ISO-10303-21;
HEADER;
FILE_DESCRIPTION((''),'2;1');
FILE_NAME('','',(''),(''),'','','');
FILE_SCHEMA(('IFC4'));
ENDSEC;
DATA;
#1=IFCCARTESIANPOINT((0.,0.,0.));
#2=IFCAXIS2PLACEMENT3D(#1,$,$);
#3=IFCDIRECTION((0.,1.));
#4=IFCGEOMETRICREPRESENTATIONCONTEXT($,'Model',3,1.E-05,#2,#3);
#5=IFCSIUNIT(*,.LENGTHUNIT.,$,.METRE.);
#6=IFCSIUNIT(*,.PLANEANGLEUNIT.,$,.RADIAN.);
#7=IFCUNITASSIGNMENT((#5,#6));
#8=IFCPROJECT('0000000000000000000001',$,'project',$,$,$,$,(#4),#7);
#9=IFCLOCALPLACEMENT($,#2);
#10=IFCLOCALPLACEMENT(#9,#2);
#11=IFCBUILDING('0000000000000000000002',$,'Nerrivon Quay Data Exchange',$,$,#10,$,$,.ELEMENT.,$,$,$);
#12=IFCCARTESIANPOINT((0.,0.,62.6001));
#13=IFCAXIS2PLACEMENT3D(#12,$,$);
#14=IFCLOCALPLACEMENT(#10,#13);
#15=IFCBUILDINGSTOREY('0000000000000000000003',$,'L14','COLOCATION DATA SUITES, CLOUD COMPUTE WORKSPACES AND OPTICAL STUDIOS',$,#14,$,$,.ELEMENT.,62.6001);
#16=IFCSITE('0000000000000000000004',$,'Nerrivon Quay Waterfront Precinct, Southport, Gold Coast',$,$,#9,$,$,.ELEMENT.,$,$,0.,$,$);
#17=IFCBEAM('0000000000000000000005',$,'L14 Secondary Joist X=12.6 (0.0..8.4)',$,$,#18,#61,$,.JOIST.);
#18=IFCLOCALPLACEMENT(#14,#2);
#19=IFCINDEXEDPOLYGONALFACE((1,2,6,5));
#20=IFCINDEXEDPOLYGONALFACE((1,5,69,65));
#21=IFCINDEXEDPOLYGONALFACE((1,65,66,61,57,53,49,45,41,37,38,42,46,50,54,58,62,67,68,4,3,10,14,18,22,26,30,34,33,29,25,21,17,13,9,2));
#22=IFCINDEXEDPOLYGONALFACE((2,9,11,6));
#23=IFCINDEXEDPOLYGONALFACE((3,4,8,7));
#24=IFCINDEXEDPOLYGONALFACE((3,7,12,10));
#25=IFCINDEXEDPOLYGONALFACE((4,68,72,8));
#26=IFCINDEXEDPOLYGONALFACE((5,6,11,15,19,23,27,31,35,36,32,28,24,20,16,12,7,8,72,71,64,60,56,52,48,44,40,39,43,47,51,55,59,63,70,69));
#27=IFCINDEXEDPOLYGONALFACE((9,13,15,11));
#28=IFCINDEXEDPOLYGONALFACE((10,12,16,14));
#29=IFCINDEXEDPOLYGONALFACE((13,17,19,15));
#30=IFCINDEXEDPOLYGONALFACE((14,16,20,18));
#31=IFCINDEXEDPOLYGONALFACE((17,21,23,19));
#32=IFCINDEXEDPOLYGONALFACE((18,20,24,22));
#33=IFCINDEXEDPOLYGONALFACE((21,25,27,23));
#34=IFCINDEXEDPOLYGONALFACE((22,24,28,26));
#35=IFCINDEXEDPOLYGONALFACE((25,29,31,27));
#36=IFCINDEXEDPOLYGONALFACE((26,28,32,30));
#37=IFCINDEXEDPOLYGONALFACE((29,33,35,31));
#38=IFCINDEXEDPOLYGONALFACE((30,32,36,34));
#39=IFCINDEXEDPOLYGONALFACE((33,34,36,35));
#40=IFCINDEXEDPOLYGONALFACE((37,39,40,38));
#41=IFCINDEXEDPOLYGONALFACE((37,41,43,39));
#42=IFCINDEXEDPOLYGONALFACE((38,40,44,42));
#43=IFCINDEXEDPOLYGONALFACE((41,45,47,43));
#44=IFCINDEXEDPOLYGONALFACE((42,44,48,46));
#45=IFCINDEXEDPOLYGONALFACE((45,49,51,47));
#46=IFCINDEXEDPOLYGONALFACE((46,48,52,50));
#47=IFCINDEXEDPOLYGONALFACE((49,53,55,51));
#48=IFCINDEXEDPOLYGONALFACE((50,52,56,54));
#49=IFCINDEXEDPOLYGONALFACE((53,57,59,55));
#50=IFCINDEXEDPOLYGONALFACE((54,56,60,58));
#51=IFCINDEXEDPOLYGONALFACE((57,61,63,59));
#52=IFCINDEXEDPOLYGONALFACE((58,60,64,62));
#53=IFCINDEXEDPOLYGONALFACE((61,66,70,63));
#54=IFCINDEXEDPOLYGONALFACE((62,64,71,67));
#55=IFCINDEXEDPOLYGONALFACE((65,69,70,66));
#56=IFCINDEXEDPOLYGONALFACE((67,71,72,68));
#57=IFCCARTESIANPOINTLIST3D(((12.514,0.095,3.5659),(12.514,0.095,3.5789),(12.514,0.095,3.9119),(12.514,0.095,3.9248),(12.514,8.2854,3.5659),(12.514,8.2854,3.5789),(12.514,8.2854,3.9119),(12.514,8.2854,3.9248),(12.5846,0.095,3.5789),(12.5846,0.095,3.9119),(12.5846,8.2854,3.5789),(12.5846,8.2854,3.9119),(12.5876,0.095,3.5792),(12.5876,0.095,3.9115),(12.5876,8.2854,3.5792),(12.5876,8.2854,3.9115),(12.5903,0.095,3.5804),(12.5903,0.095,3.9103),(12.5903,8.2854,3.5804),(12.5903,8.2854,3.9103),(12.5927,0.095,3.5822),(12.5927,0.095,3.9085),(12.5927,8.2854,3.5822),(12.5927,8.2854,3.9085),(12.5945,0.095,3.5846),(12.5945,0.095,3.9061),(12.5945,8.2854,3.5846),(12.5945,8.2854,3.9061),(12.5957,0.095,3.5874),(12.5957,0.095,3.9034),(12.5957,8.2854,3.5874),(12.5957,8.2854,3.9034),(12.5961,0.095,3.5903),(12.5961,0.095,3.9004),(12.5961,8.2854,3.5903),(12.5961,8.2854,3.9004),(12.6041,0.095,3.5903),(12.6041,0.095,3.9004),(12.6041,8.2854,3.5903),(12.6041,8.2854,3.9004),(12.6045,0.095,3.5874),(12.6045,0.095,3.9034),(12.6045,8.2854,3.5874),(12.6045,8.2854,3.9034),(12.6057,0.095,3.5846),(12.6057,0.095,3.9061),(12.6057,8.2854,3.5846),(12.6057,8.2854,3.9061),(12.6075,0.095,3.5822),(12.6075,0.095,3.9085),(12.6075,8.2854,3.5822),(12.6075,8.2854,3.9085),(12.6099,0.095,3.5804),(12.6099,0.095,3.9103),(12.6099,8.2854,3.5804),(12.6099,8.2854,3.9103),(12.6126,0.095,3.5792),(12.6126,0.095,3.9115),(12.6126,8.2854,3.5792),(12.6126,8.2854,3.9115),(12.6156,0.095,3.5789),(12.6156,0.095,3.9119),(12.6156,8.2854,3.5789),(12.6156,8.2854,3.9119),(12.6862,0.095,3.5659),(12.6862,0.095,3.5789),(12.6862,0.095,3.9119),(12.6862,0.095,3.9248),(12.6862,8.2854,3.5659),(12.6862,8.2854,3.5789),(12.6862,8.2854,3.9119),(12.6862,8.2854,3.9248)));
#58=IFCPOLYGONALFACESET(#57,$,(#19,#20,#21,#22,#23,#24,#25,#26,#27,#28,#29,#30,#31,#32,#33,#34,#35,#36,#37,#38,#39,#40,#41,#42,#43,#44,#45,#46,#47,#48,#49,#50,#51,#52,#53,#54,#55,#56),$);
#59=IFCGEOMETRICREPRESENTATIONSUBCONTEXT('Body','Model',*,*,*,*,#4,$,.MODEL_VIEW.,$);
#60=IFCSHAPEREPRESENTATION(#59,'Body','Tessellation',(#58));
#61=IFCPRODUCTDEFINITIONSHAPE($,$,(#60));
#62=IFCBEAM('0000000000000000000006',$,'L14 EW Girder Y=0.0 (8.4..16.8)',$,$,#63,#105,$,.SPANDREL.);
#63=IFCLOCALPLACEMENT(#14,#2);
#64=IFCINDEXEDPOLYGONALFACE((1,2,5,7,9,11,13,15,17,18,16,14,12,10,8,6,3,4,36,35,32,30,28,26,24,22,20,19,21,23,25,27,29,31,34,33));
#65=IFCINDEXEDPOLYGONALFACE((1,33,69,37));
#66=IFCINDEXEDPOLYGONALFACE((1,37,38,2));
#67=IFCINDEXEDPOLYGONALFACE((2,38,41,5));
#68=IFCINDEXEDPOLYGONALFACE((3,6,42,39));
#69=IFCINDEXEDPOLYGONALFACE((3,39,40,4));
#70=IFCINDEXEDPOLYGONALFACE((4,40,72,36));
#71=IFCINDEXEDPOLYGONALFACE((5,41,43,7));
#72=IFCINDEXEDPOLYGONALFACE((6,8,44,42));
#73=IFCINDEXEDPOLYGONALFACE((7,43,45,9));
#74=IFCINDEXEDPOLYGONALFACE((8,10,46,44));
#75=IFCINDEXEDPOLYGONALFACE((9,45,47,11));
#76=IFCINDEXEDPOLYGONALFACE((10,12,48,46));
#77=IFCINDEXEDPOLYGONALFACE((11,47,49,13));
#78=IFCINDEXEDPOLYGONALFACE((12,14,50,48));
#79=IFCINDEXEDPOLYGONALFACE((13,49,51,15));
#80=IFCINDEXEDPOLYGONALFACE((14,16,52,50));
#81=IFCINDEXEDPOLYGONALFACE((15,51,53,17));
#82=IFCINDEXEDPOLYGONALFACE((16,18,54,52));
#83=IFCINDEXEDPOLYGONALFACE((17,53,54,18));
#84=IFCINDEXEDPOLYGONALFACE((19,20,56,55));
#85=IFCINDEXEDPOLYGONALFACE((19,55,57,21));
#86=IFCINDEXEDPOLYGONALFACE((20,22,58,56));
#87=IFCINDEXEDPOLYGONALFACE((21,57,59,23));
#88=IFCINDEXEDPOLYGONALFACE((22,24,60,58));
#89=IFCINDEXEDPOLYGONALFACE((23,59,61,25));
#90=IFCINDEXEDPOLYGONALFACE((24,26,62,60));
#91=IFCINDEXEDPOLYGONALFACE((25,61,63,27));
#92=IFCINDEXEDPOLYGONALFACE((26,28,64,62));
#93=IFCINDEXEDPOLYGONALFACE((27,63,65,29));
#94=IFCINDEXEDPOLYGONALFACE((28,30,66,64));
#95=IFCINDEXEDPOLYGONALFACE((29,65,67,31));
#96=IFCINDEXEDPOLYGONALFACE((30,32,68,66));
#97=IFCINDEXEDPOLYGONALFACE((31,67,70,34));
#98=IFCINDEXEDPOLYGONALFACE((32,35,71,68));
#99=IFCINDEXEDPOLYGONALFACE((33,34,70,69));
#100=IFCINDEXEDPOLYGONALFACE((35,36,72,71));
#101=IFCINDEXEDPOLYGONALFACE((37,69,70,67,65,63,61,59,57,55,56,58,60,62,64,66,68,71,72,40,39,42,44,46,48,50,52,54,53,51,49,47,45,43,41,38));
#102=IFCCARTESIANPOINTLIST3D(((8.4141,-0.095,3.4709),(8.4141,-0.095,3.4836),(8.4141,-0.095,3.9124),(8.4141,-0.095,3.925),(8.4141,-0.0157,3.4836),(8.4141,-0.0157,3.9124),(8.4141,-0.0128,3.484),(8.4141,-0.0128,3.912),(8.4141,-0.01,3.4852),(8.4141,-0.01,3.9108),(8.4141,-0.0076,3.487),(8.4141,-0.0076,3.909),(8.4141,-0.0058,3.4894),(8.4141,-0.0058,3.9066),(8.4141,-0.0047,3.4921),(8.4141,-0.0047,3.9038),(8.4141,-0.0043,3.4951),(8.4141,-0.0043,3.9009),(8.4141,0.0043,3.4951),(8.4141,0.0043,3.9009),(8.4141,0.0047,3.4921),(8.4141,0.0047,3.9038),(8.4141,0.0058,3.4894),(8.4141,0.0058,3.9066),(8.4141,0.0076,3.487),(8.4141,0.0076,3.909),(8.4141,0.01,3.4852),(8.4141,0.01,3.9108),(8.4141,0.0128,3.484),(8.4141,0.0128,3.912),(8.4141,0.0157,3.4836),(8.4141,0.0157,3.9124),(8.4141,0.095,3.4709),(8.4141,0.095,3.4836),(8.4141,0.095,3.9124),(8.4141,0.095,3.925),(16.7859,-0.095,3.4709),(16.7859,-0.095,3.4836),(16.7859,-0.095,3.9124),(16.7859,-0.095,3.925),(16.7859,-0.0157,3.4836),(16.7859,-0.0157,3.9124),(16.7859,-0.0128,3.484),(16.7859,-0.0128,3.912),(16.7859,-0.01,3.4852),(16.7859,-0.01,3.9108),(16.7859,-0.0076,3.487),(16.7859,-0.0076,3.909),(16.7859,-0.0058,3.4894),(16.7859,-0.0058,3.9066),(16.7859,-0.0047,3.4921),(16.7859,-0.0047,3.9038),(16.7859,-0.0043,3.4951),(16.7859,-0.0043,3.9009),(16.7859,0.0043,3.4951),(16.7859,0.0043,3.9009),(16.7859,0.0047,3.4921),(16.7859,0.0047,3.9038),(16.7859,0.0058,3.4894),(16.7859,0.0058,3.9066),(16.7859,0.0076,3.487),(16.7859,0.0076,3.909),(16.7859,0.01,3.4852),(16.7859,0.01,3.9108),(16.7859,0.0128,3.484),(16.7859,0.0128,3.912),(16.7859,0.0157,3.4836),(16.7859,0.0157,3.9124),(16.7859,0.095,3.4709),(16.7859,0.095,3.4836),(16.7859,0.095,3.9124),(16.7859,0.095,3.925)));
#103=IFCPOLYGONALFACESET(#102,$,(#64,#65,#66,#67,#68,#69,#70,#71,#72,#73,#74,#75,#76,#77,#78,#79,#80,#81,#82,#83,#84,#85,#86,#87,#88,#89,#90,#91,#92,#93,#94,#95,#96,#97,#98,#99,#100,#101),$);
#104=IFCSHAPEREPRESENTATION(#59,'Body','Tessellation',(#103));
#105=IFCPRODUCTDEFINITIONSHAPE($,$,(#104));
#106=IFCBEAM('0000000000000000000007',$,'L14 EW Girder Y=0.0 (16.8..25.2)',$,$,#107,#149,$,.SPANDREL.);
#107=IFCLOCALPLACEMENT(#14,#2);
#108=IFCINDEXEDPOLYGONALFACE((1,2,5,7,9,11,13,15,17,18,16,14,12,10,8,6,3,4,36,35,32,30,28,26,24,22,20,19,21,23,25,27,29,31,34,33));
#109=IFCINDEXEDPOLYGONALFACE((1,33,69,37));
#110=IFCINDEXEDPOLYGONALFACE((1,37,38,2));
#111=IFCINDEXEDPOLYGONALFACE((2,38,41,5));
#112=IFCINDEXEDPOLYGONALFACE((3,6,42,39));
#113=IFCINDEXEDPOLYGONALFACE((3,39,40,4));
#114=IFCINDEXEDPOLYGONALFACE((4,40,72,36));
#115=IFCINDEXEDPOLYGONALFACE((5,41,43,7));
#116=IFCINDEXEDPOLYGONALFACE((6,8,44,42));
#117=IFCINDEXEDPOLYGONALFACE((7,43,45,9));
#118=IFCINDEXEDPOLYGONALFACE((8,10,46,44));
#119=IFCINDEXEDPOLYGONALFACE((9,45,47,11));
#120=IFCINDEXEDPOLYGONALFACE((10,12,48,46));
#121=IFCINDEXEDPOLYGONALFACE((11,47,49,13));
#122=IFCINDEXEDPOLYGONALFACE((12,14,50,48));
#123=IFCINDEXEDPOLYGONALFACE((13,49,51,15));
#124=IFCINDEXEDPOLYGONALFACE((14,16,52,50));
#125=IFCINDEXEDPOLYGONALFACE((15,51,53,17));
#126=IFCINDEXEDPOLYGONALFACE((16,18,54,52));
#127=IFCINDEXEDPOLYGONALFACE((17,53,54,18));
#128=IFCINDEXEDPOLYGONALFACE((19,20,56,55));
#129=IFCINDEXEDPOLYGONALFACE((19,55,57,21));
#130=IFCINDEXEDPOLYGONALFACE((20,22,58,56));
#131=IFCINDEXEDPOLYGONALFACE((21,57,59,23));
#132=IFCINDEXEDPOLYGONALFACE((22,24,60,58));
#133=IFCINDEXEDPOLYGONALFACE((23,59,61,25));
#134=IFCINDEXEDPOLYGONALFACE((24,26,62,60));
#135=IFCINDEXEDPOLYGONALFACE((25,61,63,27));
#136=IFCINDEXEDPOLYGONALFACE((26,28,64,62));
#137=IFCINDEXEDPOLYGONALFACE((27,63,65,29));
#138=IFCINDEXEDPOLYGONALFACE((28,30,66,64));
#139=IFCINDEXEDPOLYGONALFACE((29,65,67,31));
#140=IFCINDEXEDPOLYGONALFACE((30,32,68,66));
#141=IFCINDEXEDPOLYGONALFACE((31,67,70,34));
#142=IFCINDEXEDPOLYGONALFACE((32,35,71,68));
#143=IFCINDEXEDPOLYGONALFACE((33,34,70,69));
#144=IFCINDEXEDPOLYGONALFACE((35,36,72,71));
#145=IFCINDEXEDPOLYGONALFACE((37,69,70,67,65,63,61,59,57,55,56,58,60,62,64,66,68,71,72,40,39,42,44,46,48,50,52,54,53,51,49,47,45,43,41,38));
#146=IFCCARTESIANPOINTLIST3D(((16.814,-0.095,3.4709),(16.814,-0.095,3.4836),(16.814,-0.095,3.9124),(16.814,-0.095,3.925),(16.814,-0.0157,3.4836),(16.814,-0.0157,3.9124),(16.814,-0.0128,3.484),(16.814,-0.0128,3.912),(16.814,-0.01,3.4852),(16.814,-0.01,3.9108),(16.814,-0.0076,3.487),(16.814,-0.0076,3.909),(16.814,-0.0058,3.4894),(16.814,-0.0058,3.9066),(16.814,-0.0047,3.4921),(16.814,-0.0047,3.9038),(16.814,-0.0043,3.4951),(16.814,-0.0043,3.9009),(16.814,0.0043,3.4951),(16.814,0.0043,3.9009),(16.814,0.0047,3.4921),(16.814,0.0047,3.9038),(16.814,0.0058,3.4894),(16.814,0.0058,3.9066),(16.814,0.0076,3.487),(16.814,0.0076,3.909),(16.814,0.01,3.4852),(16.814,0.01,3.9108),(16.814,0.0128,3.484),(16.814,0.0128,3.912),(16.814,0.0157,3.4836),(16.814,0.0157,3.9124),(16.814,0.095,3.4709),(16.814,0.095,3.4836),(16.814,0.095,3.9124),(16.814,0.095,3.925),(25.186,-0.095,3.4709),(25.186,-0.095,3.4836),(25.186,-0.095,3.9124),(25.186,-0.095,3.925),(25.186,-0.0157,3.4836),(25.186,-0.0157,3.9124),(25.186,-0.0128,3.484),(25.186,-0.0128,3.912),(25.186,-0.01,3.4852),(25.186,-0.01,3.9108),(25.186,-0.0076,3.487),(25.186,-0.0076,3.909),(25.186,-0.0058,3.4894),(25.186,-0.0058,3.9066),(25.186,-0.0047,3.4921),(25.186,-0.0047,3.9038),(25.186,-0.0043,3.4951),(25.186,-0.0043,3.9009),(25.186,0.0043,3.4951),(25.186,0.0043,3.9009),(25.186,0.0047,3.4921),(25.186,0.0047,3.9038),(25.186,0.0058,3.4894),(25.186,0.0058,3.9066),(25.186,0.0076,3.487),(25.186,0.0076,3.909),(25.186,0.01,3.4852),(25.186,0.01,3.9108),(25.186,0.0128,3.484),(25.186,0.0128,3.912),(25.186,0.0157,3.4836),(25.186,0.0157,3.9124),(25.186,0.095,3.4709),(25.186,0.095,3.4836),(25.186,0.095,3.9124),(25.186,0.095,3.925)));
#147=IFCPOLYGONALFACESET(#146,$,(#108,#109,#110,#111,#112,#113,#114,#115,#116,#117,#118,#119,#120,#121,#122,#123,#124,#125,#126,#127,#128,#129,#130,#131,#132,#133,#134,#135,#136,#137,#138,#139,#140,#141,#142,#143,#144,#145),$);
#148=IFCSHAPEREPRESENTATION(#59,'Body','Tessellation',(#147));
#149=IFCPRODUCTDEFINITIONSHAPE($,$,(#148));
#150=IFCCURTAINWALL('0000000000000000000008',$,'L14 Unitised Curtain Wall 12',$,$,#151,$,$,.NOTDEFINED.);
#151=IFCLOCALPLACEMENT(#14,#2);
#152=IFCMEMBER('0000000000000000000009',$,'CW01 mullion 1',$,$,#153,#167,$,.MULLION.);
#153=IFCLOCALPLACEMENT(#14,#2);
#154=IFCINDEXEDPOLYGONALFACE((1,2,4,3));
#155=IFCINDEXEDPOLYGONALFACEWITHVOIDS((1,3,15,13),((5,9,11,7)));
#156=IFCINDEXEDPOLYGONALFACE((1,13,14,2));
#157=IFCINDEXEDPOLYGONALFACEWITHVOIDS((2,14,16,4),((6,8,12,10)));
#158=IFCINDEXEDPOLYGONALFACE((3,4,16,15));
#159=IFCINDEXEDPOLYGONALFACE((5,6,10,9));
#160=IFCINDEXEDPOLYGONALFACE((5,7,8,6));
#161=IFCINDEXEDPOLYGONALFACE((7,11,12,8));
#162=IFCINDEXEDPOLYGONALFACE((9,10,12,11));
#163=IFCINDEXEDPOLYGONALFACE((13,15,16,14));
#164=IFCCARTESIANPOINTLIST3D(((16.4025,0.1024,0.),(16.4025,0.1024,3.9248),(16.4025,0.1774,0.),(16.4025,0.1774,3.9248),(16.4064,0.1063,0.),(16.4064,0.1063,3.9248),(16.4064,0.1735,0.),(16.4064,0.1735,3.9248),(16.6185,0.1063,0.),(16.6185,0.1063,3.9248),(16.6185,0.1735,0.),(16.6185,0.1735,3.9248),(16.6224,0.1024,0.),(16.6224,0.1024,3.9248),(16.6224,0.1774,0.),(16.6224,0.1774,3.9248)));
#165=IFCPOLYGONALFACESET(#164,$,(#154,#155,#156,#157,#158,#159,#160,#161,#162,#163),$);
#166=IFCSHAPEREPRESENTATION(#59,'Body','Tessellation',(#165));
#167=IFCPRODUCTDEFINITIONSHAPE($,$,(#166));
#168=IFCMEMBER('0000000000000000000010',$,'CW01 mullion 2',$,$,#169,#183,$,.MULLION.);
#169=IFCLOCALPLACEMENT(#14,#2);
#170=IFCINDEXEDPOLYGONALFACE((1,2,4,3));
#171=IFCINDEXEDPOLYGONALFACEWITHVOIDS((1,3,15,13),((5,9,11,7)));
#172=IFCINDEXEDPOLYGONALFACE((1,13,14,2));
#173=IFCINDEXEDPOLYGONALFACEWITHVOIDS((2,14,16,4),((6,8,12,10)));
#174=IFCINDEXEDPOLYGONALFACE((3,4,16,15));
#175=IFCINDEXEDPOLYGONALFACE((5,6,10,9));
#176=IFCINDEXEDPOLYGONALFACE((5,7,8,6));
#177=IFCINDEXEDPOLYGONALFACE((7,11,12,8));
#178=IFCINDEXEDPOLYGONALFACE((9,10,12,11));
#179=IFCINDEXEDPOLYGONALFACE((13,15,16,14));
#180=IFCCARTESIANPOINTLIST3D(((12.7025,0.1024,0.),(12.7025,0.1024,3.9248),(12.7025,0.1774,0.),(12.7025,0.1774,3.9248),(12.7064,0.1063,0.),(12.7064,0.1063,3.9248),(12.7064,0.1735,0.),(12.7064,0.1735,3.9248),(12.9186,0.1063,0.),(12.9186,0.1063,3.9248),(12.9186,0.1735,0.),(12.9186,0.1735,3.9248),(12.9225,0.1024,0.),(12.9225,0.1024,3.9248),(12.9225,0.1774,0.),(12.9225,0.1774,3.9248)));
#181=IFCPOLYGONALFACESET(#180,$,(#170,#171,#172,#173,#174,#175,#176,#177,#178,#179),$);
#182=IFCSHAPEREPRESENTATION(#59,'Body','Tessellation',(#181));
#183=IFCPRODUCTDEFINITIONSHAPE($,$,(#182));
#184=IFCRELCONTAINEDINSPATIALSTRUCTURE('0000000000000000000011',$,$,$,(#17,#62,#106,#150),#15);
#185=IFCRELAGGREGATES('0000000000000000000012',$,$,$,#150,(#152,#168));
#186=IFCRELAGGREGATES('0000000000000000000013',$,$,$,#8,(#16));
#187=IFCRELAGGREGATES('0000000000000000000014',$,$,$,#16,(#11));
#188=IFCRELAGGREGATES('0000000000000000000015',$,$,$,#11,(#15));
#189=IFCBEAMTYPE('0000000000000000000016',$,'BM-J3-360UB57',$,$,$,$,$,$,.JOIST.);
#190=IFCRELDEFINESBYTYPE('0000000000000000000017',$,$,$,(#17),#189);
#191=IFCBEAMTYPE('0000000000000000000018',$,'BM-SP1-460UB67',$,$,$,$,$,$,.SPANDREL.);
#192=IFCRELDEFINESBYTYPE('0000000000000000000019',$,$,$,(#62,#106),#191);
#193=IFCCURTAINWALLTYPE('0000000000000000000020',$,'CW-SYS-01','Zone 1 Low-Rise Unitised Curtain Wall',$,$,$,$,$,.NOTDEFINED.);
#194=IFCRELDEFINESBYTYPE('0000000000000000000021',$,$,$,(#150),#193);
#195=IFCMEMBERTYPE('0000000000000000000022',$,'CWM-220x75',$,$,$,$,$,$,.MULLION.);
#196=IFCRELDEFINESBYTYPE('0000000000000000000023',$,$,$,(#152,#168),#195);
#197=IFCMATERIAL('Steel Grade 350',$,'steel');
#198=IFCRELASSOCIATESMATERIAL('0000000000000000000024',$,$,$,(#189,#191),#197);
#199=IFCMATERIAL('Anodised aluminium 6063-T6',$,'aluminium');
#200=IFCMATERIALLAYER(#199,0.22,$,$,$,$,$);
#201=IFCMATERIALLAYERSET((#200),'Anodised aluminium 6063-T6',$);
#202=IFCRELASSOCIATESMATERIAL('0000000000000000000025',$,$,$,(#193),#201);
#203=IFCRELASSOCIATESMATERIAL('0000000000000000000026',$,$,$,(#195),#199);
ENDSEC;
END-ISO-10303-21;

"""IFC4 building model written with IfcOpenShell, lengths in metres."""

from ifc_helpers import new_model, si_unit, direction, frame, origin, origin_2d, place, context, subcontext, project, spatial, hollow_rectangle, i_section, extrude, material, layer, layer_set, material_profile, profile_set, type_object, element, aggregate, save


model = new_model("IFC4")

# Units and contexts
model_context = context("Model", 3, precision=1e-05, world=origin(), true_north=direction((0.0, 1.0)))
body_context = subcontext(model_context, "Body", "Model", "MODEL_VIEW")
ifc_project = project(units=[si_unit("LENGTHUNIT", "METRE"), si_unit("PLANEANGLEUNIT", "RADIAN")], contexts=[model_context])

# Site, building, storey
site_placement = place(None, origin())
site = spatial("IfcSite", under=ifc_project, at=site_placement, Name="Nerrivon Quay Waterfront Precinct, Southport, Gold Coast", CompositionType="ELEMENT", RefElevation=0.0)
building_placement = place(site_placement, origin())
building = spatial("IfcBuilding", under=site, at=building_placement, Name="Nerrivon Quay Data Exchange", CompositionType="ELEMENT")
storey_placement = place(building_placement, frame((0.0, 0.0, 62.6001)))
storey = spatial("IfcBuildingStorey", under=building, at=storey_placement, Name="L14", Description="COLOCATION DATA SUITES, CLOUD COMPUTE WORKSPACES AND OPTICAL STUDIOS", CompositionType="ELEMENT", Elevation=62.6001)

# Shared definitions
ifc_material_1 = material(Name="Steel Grade 350", Category="steel")

# Beams
ifc_material_profile_1 = material_profile(ifc_material_1, i_section(OverallWidth=0.1721, OverallDepth=0.3589, WebThickness=0.0081, FlangeThickness=0.0129, FilletRadius=0.0115, at=origin_2d()), Name="360UB56.7")
ifc_profile_set_1 = profile_set([ifc_material_profile_1], Name="Steel Grade 350")
beam_type_1 = type_object("IfcBeamType", Name="BM-J3-360UB57", PredefinedType="JOIST", material=ifc_profile_set_1)
beam_1_placement = place(storey_placement, frame((12.6001, 0.095, 3.7454), z_axis=(0.0, 1.0, 0.0), x_axis=(-1.0, 0.0, 0.0)))
element("IfcBeam", 1, at=beam_1_placement, inside=storey, type_object=beam_type_1, Name="L14 Secondary Joist X=12.6 (0.0..8.4)", PredefinedType="JOIST", context=body_context, shape_type="SweptSolid", body=[
    extrude(i_section(OverallWidth=0.1721, OverallDepth=0.3589, WebThickness=0.0081, FlangeThickness=0.0129, FilletRadius=0.0115, at=origin_2d()), origin(), (0.0, 0.0, 1.0), 8.1904),
])
ifc_material_profile_2 = material_profile(ifc_material_1, i_section(OverallWidth=0.1899, OverallDepth=0.4541, WebThickness=0.0085, FlangeThickness=0.0127, FilletRadius=0.0115, at=origin_2d()), Name="460UB67.1")
ifc_profile_set_2 = profile_set([ifc_material_profile_2], Name="Steel Grade 350")
beam_type_2 = type_object("IfcBeamType", Name="BM-SP1-460UB67", PredefinedType="SPANDREL", material=ifc_profile_set_2)
beam_2_placement = place(storey_placement, frame((8.4141, 0.0, 3.698), z_axis=(1.0, 0.0, 0.0), x_axis=(0.0, 1.0, 0.0)))
element("IfcBeam", 2, at=beam_2_placement, inside=storey, type_object=beam_type_2, Name="L14 EW Girder Y=0.0 (8.4..16.8)", PredefinedType="SPANDREL", context=body_context, shape_type="SweptSolid", body=[
    extrude(i_section(OverallWidth=0.1899, OverallDepth=0.4541, WebThickness=0.0085, FlangeThickness=0.0127, FilletRadius=0.0115, at=origin_2d()), origin(), (0.0, 0.0, 1.0), 8.3718),
])
beam_3_placement = place(storey_placement, frame((16.814, 0.0, 3.698), z_axis=(1.0, 0.0, 0.0), x_axis=(0.0, 1.0, 0.0)))
element("IfcBeam", 3, at=beam_3_placement, inside=storey, type_object=beam_type_2, Name="L14 EW Girder Y=0.0 (16.8..25.2)", PredefinedType="SPANDREL", context=body_context, shape_type="SweptSolid", body=[
    extrude(i_section(OverallWidth=0.1899, OverallDepth=0.4541, WebThickness=0.0085, FlangeThickness=0.0127, FilletRadius=0.0115, at=origin_2d()), origin(), (0.0, 0.0, 1.0), 8.3721),
])

# Curtain wall, members
ifc_material_2 = material(Name="Anodised aluminium 6063-T6", Category="aluminium")
ifc_layer_1 = layer(ifc_material_2, 0.22)
ifc_layer_set_1 = layer_set([ifc_layer_1], Name="Anodised aluminium 6063-T6")
curtain_wall_type = type_object("IfcCurtainWallType", Name="CW-SYS-01", Description="Zone 1 Low-Rise Unitised Curtain Wall", PredefinedType="NOTDEFINED", material=ifc_layer_set_1)
curtain_wall_1_placement = place(storey_placement, origin())
curtain_wall_1 = element("IfcCurtainWall", 4, at=curtain_wall_1_placement, inside=storey, type_object=curtain_wall_type, Name="L14 Unitised Curtain Wall 12", PredefinedType="NOTDEFINED")
ifc_material_profile_3 = material_profile(ifc_material_2, hollow_rectangle(XDim=0.075, YDim=0.22, WallThickness=0.0039, at=origin_2d()), Name="ALU-MULL-220x75")
ifc_profile_set_3 = profile_set([ifc_material_profile_3], Name="Anodised aluminium 6063-T6")
member_type_1 = type_object("IfcMemberType", Name="CWM-220x75", PredefinedType="MULLION", material=ifc_profile_set_3)
member_1_placement = place(storey_placement, frame((16.5125, 0.1399, 0.0), z_axis=(0.0, 0.0, 1.0), x_axis=(0.0, -1.0, 0.0)))
member_1 = element("IfcMember", 5, at=member_1_placement, type_object=member_type_1, Name="CW01 mullion 1", PredefinedType="MULLION", context=body_context, shape_type="SweptSolid", body=[
    extrude(hollow_rectangle(XDim=0.075, YDim=0.22, WallThickness=0.0039, at=origin_2d()), origin(), (0.0, 0.0, 1.0), 3.9248),
])
member_2_placement = place(storey_placement, frame((12.8125, 0.1399, 0.0), z_axis=(0.0, 0.0, 1.0), x_axis=(0.0, -1.0, 0.0)))
member_2 = element("IfcMember", 6, at=member_2_placement, type_object=member_type_1, Name="CW01 mullion 2", PredefinedType="MULLION", context=body_context, shape_type="SweptSolid", body=[
    extrude(hollow_rectangle(XDim=0.075, YDim=0.22, WallThickness=0.0039, at=origin_2d()), origin(), (0.0, 0.0, 1.0), 3.9248),
])

aggregate(curtain_wall_1, [member_1, member_2])

save(model, "model.ifc")
